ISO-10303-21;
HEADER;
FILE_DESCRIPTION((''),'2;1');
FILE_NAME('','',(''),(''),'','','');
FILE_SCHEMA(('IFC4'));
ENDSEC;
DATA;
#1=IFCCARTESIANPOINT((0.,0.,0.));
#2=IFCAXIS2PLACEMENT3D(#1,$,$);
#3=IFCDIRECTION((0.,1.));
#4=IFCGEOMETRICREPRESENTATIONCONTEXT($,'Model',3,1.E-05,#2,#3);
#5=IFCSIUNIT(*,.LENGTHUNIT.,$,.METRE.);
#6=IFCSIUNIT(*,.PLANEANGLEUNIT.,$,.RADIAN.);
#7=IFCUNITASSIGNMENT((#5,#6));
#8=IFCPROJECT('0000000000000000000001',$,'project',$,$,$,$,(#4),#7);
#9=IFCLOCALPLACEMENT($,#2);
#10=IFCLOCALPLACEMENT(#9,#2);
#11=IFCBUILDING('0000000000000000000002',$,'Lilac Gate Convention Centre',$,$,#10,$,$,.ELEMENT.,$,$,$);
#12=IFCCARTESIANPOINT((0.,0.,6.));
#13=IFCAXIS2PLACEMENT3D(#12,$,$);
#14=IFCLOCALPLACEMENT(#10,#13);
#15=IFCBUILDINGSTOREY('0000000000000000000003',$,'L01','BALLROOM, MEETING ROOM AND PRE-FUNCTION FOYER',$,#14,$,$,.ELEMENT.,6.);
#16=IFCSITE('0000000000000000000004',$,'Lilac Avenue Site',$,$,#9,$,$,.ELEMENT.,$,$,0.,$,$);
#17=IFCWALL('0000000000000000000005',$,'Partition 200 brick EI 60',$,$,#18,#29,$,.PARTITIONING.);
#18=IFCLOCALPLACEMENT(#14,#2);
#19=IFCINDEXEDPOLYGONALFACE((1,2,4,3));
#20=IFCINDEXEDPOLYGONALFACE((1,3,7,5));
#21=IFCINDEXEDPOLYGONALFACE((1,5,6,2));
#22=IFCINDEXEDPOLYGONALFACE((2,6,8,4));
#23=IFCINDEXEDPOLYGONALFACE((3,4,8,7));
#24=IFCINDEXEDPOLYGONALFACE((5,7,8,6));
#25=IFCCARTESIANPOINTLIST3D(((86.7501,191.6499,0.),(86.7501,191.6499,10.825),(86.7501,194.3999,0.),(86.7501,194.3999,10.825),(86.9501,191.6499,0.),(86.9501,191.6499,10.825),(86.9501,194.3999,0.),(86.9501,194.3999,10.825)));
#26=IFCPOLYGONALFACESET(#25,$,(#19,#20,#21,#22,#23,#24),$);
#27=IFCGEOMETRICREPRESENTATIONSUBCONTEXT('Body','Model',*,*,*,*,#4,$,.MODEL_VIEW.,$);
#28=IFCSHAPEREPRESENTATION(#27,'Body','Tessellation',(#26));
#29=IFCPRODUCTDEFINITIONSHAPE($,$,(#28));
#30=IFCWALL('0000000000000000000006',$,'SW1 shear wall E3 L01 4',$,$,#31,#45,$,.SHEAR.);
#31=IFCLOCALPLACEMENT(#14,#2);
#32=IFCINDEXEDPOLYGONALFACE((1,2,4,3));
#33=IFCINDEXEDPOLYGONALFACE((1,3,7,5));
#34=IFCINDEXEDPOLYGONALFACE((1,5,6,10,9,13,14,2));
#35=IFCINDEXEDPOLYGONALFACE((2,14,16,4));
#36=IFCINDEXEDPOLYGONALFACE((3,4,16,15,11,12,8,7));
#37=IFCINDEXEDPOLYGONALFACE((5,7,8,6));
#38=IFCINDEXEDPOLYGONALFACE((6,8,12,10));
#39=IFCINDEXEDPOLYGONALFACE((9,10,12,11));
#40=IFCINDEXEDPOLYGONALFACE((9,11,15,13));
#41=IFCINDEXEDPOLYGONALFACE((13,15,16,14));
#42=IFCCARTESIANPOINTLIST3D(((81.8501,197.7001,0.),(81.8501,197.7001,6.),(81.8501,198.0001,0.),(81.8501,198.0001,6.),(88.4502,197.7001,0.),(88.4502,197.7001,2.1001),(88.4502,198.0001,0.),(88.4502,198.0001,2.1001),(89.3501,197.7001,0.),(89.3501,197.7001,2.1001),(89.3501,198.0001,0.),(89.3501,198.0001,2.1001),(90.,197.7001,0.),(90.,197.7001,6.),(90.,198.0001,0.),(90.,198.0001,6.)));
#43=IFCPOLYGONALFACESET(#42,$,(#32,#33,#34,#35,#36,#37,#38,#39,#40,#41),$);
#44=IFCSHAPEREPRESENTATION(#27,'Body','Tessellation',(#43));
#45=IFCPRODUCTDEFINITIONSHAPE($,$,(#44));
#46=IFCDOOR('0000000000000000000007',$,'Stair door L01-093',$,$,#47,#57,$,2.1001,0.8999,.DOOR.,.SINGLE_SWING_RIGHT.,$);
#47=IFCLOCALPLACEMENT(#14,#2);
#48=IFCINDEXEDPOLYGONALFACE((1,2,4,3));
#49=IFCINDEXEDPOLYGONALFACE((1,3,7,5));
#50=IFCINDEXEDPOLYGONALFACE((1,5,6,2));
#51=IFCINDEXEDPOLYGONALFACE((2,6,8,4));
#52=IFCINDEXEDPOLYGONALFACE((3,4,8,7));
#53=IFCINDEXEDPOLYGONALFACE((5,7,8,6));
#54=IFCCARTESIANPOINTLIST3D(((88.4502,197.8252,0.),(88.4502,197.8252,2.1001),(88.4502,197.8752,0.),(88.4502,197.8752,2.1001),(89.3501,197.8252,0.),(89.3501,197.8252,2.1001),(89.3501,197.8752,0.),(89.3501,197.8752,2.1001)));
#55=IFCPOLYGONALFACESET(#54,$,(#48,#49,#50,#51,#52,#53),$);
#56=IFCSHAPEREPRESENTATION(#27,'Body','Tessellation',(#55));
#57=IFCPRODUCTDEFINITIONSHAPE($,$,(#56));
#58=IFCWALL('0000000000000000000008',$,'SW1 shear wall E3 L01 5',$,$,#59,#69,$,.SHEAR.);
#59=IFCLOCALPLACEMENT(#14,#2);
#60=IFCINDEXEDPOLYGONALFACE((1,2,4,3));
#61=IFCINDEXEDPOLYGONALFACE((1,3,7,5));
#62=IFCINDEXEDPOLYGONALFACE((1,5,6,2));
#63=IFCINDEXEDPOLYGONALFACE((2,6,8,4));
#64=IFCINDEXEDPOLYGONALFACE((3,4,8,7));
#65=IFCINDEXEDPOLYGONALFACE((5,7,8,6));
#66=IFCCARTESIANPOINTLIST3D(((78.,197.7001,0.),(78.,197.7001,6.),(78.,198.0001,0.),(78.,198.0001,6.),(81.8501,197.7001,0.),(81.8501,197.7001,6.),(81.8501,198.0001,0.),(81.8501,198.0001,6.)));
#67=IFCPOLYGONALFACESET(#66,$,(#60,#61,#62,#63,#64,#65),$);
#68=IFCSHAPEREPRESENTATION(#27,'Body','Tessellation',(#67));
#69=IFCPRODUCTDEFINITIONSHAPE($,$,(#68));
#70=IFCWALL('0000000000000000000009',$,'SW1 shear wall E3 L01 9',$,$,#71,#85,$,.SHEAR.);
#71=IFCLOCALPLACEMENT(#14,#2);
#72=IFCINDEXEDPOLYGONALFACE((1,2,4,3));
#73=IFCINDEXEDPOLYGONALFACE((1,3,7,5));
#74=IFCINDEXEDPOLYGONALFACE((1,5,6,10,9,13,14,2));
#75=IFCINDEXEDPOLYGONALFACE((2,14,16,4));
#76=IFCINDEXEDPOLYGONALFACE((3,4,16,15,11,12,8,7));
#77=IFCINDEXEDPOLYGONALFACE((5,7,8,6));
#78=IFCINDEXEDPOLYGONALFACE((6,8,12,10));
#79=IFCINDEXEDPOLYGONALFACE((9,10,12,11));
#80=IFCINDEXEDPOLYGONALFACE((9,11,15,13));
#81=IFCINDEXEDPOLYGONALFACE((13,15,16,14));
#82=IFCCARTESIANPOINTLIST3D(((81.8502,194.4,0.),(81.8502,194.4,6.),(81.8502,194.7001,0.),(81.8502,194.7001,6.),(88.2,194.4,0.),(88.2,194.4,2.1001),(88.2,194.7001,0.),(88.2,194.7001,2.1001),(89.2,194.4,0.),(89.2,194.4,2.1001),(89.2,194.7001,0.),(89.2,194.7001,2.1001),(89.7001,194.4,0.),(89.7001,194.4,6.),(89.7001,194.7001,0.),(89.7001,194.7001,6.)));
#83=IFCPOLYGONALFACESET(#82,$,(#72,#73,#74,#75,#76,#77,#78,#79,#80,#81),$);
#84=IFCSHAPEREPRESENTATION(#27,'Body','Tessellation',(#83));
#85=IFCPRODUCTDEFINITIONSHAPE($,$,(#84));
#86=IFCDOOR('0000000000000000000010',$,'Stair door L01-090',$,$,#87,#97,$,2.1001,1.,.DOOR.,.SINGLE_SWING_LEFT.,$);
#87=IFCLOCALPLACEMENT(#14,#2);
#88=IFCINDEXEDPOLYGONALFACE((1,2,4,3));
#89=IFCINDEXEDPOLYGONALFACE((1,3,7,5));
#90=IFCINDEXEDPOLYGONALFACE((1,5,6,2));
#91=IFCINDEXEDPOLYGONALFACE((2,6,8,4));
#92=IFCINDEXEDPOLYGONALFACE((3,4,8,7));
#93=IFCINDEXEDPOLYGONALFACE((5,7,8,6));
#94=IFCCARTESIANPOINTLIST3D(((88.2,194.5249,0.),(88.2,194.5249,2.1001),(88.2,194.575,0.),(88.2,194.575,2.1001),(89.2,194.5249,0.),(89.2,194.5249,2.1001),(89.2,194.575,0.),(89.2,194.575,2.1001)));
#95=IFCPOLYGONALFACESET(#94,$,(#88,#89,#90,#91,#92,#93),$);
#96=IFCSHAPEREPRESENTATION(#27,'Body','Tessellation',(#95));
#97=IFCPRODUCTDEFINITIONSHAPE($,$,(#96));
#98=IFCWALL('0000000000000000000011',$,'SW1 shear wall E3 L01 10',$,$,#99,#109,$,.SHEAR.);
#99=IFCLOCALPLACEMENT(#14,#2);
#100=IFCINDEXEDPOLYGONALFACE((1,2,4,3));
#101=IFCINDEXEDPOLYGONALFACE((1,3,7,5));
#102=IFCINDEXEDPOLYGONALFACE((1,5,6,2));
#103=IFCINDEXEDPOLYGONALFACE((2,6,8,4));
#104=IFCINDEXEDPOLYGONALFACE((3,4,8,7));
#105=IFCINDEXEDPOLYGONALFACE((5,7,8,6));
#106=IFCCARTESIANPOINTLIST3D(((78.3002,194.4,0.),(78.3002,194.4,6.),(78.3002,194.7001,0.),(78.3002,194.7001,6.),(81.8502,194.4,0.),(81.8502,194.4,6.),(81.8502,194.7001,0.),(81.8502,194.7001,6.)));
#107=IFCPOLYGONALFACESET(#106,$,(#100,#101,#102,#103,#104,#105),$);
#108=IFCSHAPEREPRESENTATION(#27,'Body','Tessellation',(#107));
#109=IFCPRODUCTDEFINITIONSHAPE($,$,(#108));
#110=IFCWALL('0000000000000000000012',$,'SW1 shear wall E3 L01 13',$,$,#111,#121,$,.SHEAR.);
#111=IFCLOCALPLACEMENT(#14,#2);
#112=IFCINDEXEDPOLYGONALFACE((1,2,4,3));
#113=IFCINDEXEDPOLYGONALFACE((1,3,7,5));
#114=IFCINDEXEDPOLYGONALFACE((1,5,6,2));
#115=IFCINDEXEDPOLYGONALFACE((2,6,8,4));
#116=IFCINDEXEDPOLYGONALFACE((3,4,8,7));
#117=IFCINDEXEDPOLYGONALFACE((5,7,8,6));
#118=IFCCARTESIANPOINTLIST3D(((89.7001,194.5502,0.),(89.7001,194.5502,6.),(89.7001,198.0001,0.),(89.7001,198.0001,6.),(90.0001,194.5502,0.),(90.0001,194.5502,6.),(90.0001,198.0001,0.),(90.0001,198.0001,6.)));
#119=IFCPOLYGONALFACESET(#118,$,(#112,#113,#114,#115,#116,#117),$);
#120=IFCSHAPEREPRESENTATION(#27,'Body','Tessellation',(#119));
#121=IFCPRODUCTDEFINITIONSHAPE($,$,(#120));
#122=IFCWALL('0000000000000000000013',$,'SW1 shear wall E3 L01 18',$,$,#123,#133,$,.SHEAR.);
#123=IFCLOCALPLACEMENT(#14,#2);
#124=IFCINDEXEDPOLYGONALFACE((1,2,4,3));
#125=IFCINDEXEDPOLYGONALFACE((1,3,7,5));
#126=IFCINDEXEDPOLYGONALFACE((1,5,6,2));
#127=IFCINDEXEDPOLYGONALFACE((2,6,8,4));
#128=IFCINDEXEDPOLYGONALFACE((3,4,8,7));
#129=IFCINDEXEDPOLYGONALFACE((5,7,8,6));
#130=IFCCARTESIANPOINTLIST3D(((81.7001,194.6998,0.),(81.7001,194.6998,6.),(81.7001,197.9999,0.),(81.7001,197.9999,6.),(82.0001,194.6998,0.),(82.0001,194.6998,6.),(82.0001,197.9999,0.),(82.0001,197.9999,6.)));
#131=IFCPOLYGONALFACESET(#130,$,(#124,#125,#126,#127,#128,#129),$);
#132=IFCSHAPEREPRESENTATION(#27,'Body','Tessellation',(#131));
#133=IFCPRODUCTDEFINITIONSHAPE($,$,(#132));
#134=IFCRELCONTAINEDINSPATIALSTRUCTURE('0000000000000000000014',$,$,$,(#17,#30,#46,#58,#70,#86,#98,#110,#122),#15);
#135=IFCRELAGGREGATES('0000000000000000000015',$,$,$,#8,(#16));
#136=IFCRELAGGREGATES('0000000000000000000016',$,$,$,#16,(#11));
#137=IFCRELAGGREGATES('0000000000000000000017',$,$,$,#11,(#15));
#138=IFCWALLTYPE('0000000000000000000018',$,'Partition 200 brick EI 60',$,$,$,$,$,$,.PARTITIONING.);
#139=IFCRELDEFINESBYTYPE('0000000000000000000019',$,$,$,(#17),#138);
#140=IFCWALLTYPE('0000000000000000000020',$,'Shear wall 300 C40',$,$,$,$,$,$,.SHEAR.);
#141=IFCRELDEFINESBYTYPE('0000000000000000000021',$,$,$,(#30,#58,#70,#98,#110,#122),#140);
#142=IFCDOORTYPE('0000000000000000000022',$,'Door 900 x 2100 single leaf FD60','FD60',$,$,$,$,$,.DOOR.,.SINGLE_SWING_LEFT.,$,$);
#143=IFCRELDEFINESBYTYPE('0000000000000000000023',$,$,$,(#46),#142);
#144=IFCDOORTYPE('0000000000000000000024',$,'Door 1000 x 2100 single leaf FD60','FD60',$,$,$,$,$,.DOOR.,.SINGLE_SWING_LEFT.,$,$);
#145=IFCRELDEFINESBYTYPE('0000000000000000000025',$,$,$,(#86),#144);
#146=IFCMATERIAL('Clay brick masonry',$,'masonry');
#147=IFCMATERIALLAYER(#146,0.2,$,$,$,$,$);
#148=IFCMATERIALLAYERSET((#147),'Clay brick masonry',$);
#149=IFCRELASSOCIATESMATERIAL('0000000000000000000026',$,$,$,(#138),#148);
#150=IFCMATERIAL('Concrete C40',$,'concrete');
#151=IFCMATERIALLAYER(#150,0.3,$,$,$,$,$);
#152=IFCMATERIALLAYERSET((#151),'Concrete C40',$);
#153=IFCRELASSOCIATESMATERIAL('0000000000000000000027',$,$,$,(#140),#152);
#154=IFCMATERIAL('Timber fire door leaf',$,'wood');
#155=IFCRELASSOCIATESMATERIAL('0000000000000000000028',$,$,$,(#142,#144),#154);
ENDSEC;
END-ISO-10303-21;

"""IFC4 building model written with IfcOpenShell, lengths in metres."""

from ifc_helpers import new_model, si_unit, direction, frame, frame_2d, origin, place, context, subcontext, project, spatial, rectangle, extrude, material, layer, layer_set, type_object, element, fill, save


model = new_model("IFC4")

# Units and contexts
model_context = context("Model", 3, precision=1e-05, world=origin(), true_north=direction((0.0, 1.0)))
body_context = subcontext(model_context, "Body", "Model", "MODEL_VIEW")
ifc_project = project(units=[si_unit("LENGTHUNIT", "METRE"), si_unit("PLANEANGLEUNIT", "RADIAN")], contexts=[model_context])

# Site, building, storey
site_placement = place(None, origin())
site = spatial("IfcSite", under=ifc_project, at=site_placement, Name="Lilac Avenue Site", CompositionType="ELEMENT", RefElevation=0.0)
building_placement = place(site_placement, origin())
building = spatial("IfcBuilding", under=site, at=building_placement, Name="Lilac Gate Convention Centre", CompositionType="ELEMENT")
storey_placement = place(building_placement, frame((0.0, 0.0, 6.0)))
storey = spatial("IfcBuildingStorey", under=building, at=storey_placement, Name="L01", Description="BALLROOM, MEETING ROOM AND PRE-FUNCTION FOYER", CompositionType="ELEMENT", Elevation=6.0)

# Shared definitions
ifc_material_1 = material(Name="Concrete C40", Category="concrete")

# Shared definitions
ifc_material_2 = material(Name="Clay brick masonry", Category="masonry")
ifc_layer_1 = layer(ifc_material_2, 0.2)
ifc_layer_set_1 = layer_set([ifc_layer_1], Name="Clay brick masonry")
wall_type_1 = type_object("IfcWallType", Name="Partition 200 brick EI 60", PredefinedType="PARTITIONING", material=ifc_layer_set_1)
ifc_material_3 = material(Name="Timber fire door leaf", Category="wood")

# Wall
wall_1_placement = place(storey_placement, frame((86.8501, 191.6499, 0.0), z_axis=(0.0, 0.0, 1.0), x_axis=(0.0, 1.0, 0.0)))
element("IfcWall", 1, at=wall_1_placement, inside=storey, type_object=wall_type_1, Name="Partition 200 brick EI 60", PredefinedType="PARTITIONING", context=body_context, shape_type="SweptSolid", body=[
    extrude(rectangle(XDim=2.75, YDim=0.2, at=frame_2d((1.375, 0.0))), origin(), (0.0, 0.0, 1.0), 10.825),
])

# Wall, opening, door
ifc_layer_2 = layer(ifc_material_1, 0.3)
ifc_layer_set_2 = layer_set([ifc_layer_2], Name="Concrete C40")
wall_type_2 = type_object("IfcWallType", Name="Shear wall 300 C40", PredefinedType="SHEAR", material=ifc_layer_set_2)
wall_2_placement = place(storey_placement, frame((90.0, 197.8501, 0.0), z_axis=(0.0, 0.0, 1.0), x_axis=(-1.0, 0.0, 0.0)))
wall_2 = element("IfcWall", 2, at=wall_2_placement, inside=storey, type_object=wall_type_2, Name="SW1 shear wall E3 L01 4", PredefinedType="SHEAR", context=body_context, shape_type="SweptSolid", body=[
    extrude(rectangle(XDim=8.1499, YDim=0.3, at=frame_2d((4.075, 0.0))), origin(), (0.0, 0.0, 1.0), 6.0),
])
opening_1_placement = place(wall_2_placement, frame((0.6499, 0.0, 0.0)))
opening_1 = element("IfcOpeningElement", 3, at=opening_1_placement, cuts=wall_2, PredefinedType="OPENING", context=body_context, shape_type="SweptSolid", body=[
    extrude(rectangle(XDim=0.8999, YDim=2.1001, at=frame_2d((0.45, 1.05))), frame((0.0, 0.1599, 0.0), z_axis=(0.0, -1.0, 0.0), x_axis=(1.0, 0.0, 0.0)), (0.0, 0.0, 1.0), 0.3201),
])
door_type_1 = type_object("IfcDoorType", Name="Door 900 x 2100 single leaf FD60", Description="FD60", OperationType="SINGLE_SWING_LEFT", PredefinedType="DOOR", material=ifc_material_3)
door_1_placement = place(opening_1_placement, origin())
door_1 = element("IfcDoor", 4, at=door_1_placement, inside=storey, type_object=door_type_1, Name="Stair door L01-093", OperationType="SINGLE_SWING_RIGHT", OverallHeight=2.1001, OverallWidth=0.8999, PredefinedType="DOOR", context=body_context, shape_type="SweptSolid", body=[
    extrude(rectangle(XDim=0.8999, YDim=2.1001, at=frame_2d((0.45, 1.05))), frame((0.0, 0.0249, 0.0), z_axis=(0.0, -1.0, 0.0), x_axis=(1.0, 0.0, 0.0)), (0.0, 0.0, 1.0), 0.05),
])
fill(opening_1, door_1)

# Wall
wall_3_placement = place(storey_placement, frame((81.8501, 197.8501, 0.0), z_axis=(0.0, 0.0, 1.0), x_axis=(-1.0, 0.0, 0.0)))
element("IfcWall", 5, at=wall_3_placement, inside=storey, type_object=wall_type_2, Name="SW1 shear wall E3 L01 5", PredefinedType="SHEAR", context=body_context, shape_type="SweptSolid", body=[
    extrude(rectangle(XDim=3.8501, YDim=0.3, at=frame_2d((1.925, 0.0))), origin(), (0.0, 0.0, 1.0), 6.0),
])

# Wall, opening, door
wall_4_placement = place(storey_placement, frame((89.7, 194.55, 0.0), z_axis=(0.0, 0.0, 1.0), x_axis=(-1.0, 0.0, 0.0)))
wall_4 = element("IfcWall", 6, at=wall_4_placement, inside=storey, type_object=wall_type_2, Name="SW1 shear wall E3 L01 9", PredefinedType="SHEAR", context=body_context, shape_type="SweptSolid", body=[
    extrude(rectangle(XDim=7.8499, YDim=0.3, at=frame_2d((3.9248, 0.0))), origin(), (0.0, 0.0, 1.0), 6.0),
])
opening_2_placement = place(wall_4_placement, frame((0.5, 0.0, 0.0)))
opening_2 = element("IfcOpeningElement", 7, at=opening_2_placement, cuts=wall_4, PredefinedType="OPENING", context=body_context, shape_type="SweptSolid", body=[
    extrude(rectangle(XDim=1.0, YDim=2.1001, at=frame_2d((0.5, 1.05))), frame((0.0, 0.1599, 0.0), z_axis=(0.0, -1.0, 0.0), x_axis=(1.0, 0.0, 0.0)), (0.0, 0.0, 1.0), 0.3201),
])
door_type_2 = type_object("IfcDoorType", Name="Door 1000 x 2100 single leaf FD60", Description="FD60", OperationType="SINGLE_SWING_LEFT", PredefinedType="DOOR", material=ifc_material_3)
door_2_placement = place(opening_2_placement, frame((1.0, 0.0, 0.0), z_axis=(0.0, 0.0, 1.0), x_axis=(-1.0, 0.0, 0.0)))
door_2 = element("IfcDoor", 8, at=door_2_placement, inside=storey, type_object=door_type_2, Name="Stair door L01-090", OperationType="SINGLE_SWING_LEFT", OverallHeight=2.1001, OverallWidth=1.0, PredefinedType="DOOR", context=body_context, shape_type="SweptSolid", body=[
    extrude(rectangle(XDim=1.0, YDim=2.1001, at=frame_2d((0.5, 1.05))), frame((0.0, 0.0249, 0.0), z_axis=(0.0, -1.0, 0.0), x_axis=(1.0, 0.0, 0.0)), (0.0, 0.0, 1.0), 0.05),
])
fill(opening_2, door_2)

# Walls
wall_5_placement = place(storey_placement, frame((81.8501, 194.55, 0.0), z_axis=(0.0, 0.0, 1.0), x_axis=(-1.0, 0.0, 0.0)))
element("IfcWall", 9, at=wall_5_placement, inside=storey, type_object=wall_type_2, Name="SW1 shear wall E3 L01 10", PredefinedType="SHEAR", context=body_context, shape_type="SweptSolid", body=[
    extrude(rectangle(XDim=3.55, YDim=0.3, at=frame_2d((1.7749, 0.0))), origin(), (0.0, 0.0, 1.0), 6.0),
])
wall_6_placement = place(storey_placement, frame((89.8501, 194.55, 0.0), z_axis=(0.0, 0.0, 1.0), x_axis=(0.0, 1.0, 0.0)))
element("IfcWall", 10, at=wall_6_placement, inside=storey, type_object=wall_type_2, Name="SW1 shear wall E3 L01 13", PredefinedType="SHEAR", context=body_context, shape_type="SweptSolid", body=[
    extrude(rectangle(XDim=3.45, YDim=0.3, at=frame_2d((1.7251, 0.0))), origin(), (0.0, 0.0, 1.0), 6.0),
])
wall_7_placement = place(storey_placement, frame((81.8501, 194.7, 0.0), z_axis=(0.0, 0.0, 1.0), x_axis=(0.0, 1.0, 0.0)))
element("IfcWall", 11, at=wall_7_placement, inside=storey, type_object=wall_type_2, Name="SW1 shear wall E3 L01 18", PredefinedType="SHEAR", context=body_context, shape_type="SweptSolid", body=[
    extrude(rectangle(XDim=3.3, YDim=0.3, at=frame_2d((1.6499, 0.0))), origin(), (0.0, 0.0, 1.0), 6.0),
])

save(model, "model.ifc")
